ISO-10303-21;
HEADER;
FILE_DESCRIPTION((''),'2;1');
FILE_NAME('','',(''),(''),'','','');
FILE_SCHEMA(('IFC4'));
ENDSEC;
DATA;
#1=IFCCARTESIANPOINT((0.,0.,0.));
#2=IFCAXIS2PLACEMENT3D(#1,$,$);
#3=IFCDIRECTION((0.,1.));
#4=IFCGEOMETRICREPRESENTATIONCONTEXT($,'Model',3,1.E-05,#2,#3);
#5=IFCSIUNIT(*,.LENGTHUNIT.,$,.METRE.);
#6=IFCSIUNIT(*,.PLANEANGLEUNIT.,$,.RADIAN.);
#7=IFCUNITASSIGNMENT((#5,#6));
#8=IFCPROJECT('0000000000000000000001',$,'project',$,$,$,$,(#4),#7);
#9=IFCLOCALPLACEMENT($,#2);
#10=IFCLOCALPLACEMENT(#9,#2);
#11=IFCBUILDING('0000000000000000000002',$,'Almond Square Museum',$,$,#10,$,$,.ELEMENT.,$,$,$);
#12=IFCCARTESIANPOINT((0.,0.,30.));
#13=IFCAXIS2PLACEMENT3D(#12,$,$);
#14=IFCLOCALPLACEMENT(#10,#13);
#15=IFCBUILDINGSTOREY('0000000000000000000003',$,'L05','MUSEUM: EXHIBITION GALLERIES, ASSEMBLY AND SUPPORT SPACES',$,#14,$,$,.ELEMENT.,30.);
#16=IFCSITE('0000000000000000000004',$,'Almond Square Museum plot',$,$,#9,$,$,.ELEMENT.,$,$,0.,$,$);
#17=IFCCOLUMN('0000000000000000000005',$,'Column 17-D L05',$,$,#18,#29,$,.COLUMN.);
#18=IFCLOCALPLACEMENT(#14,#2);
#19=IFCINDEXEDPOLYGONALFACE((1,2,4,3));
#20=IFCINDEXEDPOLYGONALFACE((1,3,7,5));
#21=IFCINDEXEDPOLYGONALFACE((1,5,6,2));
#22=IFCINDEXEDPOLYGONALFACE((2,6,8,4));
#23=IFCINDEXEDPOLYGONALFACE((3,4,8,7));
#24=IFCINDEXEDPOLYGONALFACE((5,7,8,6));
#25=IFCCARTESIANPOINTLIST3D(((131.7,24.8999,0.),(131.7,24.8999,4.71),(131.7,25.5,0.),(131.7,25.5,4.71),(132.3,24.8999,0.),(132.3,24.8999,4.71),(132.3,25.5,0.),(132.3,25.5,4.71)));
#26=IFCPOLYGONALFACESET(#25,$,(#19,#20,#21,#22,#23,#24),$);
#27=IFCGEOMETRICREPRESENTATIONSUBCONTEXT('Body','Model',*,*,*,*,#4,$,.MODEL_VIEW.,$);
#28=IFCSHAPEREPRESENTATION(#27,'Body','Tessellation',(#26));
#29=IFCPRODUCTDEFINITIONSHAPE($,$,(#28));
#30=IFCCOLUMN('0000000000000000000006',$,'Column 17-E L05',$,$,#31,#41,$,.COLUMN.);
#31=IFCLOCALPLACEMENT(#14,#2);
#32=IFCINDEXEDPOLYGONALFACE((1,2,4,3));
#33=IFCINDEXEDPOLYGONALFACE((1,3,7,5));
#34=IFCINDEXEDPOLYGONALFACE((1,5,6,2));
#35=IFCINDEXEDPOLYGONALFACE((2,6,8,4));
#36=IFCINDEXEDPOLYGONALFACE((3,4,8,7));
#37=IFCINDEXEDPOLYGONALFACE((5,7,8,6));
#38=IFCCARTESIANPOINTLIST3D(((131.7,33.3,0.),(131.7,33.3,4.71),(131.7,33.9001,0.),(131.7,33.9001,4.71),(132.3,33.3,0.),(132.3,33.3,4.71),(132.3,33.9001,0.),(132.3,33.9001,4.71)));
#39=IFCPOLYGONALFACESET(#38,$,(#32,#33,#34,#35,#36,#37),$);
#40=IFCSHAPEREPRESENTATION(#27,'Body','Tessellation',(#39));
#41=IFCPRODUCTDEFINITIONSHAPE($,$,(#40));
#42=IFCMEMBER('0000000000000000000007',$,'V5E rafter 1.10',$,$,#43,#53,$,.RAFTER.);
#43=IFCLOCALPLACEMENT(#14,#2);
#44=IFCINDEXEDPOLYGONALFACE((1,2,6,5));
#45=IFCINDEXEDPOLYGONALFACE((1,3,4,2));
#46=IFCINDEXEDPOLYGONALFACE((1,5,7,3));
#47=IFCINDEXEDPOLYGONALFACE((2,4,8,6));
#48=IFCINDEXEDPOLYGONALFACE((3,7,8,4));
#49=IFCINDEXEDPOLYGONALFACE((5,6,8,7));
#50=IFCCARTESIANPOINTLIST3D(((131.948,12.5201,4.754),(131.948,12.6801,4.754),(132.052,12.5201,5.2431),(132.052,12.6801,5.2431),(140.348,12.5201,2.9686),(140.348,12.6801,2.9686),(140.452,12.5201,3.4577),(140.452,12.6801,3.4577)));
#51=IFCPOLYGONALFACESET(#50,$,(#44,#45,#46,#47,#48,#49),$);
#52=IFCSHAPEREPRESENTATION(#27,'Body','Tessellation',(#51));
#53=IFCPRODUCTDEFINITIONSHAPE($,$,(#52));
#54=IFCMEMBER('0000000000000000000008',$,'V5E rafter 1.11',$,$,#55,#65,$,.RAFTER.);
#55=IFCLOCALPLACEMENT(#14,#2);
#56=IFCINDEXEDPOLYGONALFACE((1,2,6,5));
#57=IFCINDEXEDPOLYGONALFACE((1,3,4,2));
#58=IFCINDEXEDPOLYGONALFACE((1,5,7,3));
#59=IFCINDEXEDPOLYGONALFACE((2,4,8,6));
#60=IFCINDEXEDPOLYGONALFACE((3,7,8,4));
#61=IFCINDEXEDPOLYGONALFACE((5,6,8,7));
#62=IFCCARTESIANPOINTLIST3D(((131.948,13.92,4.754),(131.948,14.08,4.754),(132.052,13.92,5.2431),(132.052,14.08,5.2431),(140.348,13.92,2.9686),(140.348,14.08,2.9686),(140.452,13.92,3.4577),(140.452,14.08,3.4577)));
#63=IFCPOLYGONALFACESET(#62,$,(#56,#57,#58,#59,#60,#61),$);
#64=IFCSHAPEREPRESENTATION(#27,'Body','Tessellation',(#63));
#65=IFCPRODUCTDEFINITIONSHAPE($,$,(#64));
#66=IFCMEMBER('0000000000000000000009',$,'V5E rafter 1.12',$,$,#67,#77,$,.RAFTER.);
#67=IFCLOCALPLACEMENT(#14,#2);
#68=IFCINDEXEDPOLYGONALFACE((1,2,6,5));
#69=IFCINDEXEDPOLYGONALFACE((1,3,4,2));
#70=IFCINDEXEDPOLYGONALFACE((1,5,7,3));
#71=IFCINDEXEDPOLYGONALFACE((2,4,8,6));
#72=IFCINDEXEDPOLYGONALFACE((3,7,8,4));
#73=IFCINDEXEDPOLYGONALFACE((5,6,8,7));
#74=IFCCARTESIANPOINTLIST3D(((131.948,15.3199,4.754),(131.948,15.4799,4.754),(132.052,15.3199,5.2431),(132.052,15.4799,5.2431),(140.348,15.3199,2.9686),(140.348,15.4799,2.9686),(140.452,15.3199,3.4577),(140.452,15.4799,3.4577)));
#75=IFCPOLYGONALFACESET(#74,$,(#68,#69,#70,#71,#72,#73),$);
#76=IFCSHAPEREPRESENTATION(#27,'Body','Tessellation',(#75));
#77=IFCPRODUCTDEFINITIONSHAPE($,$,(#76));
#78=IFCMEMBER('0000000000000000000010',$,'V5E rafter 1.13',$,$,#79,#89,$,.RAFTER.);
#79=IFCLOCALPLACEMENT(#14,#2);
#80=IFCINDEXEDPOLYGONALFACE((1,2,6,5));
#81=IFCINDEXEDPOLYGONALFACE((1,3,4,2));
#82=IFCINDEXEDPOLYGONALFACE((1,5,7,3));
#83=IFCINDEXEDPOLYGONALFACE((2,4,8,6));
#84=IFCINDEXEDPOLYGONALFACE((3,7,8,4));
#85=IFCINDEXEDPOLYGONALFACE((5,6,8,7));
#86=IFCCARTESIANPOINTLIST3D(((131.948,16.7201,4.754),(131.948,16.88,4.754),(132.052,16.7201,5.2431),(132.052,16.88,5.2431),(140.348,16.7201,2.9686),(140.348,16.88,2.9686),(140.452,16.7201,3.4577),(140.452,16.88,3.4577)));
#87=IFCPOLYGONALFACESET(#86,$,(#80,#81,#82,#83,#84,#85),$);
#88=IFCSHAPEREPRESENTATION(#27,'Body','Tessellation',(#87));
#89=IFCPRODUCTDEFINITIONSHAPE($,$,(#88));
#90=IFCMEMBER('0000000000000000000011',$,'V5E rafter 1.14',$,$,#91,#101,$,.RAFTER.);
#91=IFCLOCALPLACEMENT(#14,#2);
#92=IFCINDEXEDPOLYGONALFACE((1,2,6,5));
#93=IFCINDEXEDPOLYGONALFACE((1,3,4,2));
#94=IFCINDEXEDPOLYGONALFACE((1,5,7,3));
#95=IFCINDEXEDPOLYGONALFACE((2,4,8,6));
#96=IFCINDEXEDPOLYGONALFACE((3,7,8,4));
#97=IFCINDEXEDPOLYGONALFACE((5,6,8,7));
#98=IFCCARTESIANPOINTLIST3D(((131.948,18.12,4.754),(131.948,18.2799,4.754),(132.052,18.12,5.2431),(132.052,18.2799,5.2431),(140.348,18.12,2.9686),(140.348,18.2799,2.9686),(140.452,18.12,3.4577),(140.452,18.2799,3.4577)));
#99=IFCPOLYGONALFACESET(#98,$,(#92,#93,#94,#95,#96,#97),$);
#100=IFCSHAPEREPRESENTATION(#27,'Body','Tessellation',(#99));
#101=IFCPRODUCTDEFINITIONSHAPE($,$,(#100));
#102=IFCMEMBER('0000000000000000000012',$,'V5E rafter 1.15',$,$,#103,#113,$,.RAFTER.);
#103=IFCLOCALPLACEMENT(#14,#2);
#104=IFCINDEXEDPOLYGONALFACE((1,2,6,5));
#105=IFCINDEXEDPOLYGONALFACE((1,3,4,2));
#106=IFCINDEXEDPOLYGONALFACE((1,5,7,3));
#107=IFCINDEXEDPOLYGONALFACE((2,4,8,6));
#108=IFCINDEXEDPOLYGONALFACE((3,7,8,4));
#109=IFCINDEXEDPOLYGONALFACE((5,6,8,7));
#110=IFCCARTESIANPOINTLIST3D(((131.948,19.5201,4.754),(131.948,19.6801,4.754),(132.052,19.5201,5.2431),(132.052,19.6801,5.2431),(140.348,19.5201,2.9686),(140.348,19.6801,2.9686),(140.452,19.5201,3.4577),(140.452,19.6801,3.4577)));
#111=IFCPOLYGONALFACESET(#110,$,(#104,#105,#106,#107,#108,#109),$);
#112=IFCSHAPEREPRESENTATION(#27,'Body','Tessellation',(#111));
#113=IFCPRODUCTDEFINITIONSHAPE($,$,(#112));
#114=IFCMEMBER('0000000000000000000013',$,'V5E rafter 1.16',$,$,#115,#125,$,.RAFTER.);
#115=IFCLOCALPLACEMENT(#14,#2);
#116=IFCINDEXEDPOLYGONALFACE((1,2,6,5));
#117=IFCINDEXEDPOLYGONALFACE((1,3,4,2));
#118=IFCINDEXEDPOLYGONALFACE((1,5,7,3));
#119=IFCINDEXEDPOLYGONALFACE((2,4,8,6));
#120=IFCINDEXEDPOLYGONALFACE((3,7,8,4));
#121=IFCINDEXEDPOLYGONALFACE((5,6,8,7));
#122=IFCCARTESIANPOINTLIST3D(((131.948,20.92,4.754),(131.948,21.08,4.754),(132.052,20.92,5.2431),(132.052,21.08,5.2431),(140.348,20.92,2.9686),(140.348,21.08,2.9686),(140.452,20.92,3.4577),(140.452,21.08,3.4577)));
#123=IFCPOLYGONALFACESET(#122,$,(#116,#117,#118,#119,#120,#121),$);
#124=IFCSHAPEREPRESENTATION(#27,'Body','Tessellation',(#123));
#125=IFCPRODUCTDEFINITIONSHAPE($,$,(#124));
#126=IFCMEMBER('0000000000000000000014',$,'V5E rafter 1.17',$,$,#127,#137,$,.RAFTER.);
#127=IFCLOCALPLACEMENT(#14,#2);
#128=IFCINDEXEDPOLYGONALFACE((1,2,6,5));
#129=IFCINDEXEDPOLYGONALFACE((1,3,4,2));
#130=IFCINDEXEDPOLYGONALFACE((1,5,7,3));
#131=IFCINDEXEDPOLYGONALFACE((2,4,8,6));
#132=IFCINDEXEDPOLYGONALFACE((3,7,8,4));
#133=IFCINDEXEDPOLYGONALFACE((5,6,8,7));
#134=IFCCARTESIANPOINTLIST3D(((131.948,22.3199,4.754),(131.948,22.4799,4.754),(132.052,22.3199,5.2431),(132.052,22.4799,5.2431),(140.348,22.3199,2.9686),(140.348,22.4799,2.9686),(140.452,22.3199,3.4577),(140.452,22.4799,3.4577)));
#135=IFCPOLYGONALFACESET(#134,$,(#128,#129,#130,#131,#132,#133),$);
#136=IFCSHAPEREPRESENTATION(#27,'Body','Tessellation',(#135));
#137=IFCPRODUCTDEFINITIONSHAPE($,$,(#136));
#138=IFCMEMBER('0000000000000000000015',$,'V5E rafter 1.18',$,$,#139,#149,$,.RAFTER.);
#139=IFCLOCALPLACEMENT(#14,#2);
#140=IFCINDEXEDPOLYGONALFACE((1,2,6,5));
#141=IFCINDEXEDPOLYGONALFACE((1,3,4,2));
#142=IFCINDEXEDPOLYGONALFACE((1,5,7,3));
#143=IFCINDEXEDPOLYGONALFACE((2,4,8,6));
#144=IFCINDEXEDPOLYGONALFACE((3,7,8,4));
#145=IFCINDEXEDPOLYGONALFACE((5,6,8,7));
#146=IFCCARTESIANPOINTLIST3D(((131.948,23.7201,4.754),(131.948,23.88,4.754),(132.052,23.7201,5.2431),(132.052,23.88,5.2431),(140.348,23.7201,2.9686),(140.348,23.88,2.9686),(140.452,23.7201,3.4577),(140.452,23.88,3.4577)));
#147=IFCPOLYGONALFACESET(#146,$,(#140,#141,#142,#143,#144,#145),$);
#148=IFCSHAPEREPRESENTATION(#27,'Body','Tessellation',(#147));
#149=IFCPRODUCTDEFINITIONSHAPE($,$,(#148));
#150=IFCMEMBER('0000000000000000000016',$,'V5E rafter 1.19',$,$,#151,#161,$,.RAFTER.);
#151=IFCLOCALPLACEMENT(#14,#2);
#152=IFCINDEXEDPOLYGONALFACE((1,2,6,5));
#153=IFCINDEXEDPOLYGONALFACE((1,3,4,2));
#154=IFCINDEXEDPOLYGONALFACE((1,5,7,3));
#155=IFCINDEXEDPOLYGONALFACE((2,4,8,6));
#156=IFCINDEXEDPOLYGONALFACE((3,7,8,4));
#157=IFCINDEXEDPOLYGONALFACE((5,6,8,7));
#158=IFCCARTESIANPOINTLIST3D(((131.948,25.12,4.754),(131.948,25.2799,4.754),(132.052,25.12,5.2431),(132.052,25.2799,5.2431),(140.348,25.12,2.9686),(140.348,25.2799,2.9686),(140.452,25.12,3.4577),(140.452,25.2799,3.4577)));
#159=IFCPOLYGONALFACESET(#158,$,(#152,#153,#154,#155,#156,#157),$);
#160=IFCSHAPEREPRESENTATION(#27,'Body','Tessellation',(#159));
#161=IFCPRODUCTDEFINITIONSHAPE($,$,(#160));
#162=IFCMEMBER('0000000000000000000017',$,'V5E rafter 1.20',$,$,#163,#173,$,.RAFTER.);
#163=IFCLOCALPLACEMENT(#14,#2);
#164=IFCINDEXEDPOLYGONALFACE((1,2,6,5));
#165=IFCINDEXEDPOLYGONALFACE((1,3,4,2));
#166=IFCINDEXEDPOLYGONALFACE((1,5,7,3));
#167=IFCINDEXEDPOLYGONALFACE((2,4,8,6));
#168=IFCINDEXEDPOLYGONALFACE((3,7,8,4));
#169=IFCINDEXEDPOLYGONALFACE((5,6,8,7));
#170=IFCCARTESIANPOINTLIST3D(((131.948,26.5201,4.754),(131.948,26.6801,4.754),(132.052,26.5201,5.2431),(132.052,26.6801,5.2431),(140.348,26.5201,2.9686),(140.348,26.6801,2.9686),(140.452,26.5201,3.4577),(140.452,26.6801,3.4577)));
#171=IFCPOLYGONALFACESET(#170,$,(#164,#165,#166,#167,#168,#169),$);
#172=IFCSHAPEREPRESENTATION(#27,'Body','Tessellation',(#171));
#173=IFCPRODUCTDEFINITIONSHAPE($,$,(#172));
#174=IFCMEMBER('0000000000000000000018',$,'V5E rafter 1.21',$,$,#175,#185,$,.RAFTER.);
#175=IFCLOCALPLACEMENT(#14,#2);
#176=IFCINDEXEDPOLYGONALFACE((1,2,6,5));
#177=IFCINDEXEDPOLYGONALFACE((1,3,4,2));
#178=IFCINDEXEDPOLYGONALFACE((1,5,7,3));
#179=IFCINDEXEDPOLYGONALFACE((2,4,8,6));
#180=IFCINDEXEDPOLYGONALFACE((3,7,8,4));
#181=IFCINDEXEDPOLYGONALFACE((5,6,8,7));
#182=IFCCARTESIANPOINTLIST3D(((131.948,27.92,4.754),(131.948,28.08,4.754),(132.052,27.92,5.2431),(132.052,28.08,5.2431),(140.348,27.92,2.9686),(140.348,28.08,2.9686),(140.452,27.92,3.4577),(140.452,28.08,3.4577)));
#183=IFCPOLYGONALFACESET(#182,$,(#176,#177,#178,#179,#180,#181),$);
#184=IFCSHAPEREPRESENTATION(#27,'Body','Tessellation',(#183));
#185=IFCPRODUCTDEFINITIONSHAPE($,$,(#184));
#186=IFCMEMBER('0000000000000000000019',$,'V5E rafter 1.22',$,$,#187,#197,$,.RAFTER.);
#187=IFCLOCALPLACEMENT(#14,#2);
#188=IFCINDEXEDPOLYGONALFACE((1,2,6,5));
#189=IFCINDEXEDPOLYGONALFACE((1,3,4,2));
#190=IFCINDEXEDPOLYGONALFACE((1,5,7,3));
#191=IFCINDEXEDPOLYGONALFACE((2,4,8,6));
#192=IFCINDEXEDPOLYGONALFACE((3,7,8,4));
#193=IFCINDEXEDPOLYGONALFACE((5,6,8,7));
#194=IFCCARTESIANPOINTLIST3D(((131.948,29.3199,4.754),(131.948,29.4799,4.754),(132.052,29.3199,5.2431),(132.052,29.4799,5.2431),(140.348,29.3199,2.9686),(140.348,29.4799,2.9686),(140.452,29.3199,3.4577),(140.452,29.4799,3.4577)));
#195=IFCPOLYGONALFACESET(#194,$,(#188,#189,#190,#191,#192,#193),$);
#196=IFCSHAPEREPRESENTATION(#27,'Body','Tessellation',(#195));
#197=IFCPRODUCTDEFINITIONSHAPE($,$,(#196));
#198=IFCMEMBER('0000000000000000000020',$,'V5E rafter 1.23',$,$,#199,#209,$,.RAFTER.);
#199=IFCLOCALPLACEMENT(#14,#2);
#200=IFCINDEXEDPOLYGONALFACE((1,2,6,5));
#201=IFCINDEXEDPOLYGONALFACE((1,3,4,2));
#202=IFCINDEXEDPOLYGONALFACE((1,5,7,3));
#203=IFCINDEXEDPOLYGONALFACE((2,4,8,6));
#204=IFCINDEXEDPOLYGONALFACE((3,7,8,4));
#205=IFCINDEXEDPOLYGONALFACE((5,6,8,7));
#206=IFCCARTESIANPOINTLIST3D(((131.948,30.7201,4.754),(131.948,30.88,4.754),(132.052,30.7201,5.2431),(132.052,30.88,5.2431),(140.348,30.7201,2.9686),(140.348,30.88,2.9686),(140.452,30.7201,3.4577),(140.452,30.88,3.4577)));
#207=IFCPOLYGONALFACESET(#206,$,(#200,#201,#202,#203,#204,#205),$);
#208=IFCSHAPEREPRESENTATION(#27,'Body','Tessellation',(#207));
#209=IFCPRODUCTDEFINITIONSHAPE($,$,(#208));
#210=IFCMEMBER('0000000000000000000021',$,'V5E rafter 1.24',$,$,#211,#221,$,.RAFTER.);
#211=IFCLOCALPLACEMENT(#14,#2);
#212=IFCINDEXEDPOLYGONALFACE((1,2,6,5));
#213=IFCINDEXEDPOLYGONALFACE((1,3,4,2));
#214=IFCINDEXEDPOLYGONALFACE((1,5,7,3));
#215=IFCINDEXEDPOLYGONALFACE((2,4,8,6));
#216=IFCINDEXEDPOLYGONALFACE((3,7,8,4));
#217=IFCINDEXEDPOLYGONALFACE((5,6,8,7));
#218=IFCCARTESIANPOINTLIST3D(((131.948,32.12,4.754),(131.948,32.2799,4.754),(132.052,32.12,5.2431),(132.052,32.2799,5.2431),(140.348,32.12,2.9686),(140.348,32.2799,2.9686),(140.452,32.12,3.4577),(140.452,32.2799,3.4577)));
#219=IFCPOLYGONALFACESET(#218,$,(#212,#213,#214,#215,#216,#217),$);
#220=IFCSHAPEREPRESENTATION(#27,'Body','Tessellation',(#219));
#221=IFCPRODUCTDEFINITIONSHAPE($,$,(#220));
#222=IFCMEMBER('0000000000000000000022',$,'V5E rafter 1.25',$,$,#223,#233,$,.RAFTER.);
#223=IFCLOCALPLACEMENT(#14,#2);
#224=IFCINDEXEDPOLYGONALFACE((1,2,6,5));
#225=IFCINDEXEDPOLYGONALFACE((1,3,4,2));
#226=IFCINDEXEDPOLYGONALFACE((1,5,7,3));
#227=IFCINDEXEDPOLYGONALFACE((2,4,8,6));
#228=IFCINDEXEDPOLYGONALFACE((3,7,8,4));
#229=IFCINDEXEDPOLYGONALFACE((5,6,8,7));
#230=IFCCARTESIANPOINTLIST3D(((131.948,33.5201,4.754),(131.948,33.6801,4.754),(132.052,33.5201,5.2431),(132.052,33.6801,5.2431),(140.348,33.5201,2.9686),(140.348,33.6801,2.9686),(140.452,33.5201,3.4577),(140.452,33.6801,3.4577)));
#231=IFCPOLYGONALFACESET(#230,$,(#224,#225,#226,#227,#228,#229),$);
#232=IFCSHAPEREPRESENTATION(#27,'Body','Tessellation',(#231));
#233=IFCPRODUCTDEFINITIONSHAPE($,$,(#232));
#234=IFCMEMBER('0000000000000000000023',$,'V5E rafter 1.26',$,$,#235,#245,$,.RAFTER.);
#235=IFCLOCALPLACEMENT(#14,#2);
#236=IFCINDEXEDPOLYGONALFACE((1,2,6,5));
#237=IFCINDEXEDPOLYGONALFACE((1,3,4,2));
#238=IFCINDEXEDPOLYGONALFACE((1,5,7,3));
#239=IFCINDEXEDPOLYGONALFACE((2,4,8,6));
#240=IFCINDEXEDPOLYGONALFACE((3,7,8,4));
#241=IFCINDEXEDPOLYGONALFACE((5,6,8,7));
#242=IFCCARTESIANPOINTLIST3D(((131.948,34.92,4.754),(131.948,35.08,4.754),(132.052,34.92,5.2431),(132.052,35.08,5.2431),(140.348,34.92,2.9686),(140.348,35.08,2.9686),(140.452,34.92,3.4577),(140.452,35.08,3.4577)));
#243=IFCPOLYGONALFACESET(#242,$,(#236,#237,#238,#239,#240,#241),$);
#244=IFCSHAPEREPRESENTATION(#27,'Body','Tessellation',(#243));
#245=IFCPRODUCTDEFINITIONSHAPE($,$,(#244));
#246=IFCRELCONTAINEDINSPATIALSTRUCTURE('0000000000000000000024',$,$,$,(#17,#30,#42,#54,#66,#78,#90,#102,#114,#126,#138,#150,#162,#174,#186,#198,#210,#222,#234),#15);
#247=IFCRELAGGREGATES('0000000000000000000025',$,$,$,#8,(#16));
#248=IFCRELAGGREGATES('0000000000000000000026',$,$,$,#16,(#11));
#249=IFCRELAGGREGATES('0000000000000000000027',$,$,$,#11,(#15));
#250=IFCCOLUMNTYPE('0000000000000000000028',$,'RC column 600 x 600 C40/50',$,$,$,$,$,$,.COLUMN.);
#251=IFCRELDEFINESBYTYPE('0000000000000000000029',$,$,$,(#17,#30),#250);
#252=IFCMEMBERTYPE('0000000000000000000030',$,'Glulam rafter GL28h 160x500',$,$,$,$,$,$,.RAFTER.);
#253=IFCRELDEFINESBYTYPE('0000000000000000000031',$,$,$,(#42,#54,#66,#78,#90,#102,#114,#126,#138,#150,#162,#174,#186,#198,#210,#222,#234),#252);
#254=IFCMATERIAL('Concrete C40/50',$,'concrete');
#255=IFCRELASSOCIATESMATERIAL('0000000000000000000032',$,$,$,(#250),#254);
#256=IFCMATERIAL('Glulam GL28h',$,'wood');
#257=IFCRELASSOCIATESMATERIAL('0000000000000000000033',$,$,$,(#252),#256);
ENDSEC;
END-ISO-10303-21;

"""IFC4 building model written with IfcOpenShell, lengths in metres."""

from ifc_helpers import new_model, si_unit, direction, frame, origin, origin_2d, place, context, subcontext, project, spatial, rectangle, extrude, material, material_profile, profile_set, type_object, element, save


model = new_model("IFC4")

# Units and contexts
model_context = context("Model", 3, precision=1e-05, world=origin(), true_north=direction((0.0, 1.0)))
body_context = subcontext(model_context, "Body", "Model", "MODEL_VIEW")
ifc_project = project(units=[si_unit("LENGTHUNIT", "METRE"), si_unit("PLANEANGLEUNIT", "RADIAN")], contexts=[model_context])

# Site, building, storey
site_placement = place(None, origin())
site = spatial("IfcSite", under=ifc_project, at=site_placement, Name="Almond Square Museum plot", CompositionType="ELEMENT", RefElevation=0.0)
building_placement = place(site_placement, origin())
building = spatial("IfcBuilding", under=site, at=building_placement, Name="Almond Square Museum", CompositionType="ELEMENT")
storey_placement = place(building_placement, frame((0.0, 0.0, 30.0)))
storey = spatial("IfcBuildingStorey", under=building, at=storey_placement, Name="L05", Description="MUSEUM: EXHIBITION GALLERIES, ASSEMBLY AND SUPPORT SPACES", CompositionType="ELEMENT", Elevation=30.0)

# Columns
ifc_material_1 = material(Name="Concrete C40/50", Category="concrete")
ifc_material_profile_1 = material_profile(ifc_material_1, rectangle(XDim=0.6001, YDim=0.6001, at=origin_2d()))
ifc_profile_set_1 = profile_set([ifc_material_profile_1], Name="Concrete C40/50")
column_type = type_object("IfcColumnType", Name="RC column 600 x 600 C40/50", PredefinedType="COLUMN", material=ifc_profile_set_1)
for number, where, z_axis, x_axis, name in (
    (1, (132.0, 25.2, 0.0), (0.0, 0.0, 1.0), (1.0, 0.0, 0.0), "Column 17-D L05"),
    (2, (132.0, 33.6001, 0.0), (0.0, 0.0, 1.0), (1.0, 0.0, 0.0), "Column 17-E L05"),
):
    element("IfcColumn", number, at=place(storey_placement, frame(where, z_axis=z_axis, x_axis=x_axis)), inside=storey, type_object=column_type, Name=name, PredefinedType="COLUMN", context=body_context, shape_type="SweptSolid", body=[
        extrude(rectangle(XDim=0.6001, YDim=0.6001, at=origin_2d()), origin(), (0.0, 0.0, 1.0), 4.71),
    ])

# Members
ifc_material_2 = material(Name="Glulam GL28h", Category="wood")
ifc_material_profile_2 = material_profile(ifc_material_2, rectangle(XDim=0.1599, YDim=0.5, at=origin_2d()))
ifc_profile_set_2 = profile_set([ifc_material_profile_2], Name="Glulam GL28h")
member_type = type_object("IfcMemberType", Name="Glulam rafter GL28h 160x500", PredefinedType="RAFTER", material=ifc_profile_set_2)
for number, where, z_axis, x_axis, name in (
    (3, (132.0, 12.6001, 4.9985), (0.978149, 0.0, -0.207906), (0.0, 1.0, 0.0), "V5E rafter 1.10"),
    (4, (132.0, 14.0, 4.9985), (0.978149, 0.0, -0.207906), (0.0, 1.0, 0.0), "V5E rafter 1.11"),
    (5, (132.0, 15.3999, 4.9985), (0.978149, 0.0, -0.207906), (0.0, 1.0, 0.0), "V5E rafter 1.12"),
    (6, (132.0, 16.8, 4.9985), (0.978149, 0.0, -0.207906), (0.0, 1.0, 0.0), "V5E rafter 1.13"),
    (7, (132.0, 18.2, 4.9985), (0.978149, 0.0, -0.207906), (0.0, 1.0, 0.0), "V5E rafter 1.14"),
    (8, (132.0, 19.6001, 4.9985), (0.978149, 0.0, -0.207906), (0.0, 1.0, 0.0), "V5E rafter 1.15"),
    (9, (132.0, 21.0, 4.9985), (0.978149, 0.0, -0.207906), (0.0, 1.0, 0.0), "V5E rafter 1.16"),
    (10, (132.0, 22.3999, 4.9985), (0.978149, 0.0, -0.207906), (0.0, 1.0, 0.0), "V5E rafter 1.17"),
    (11, (132.0, 23.8, 4.9985), (0.978149, 0.0, -0.207906), (0.0, 1.0, 0.0), "V5E rafter 1.18"),
    (12, (132.0, 25.2, 4.9985), (0.978149, 0.0, -0.207906), (0.0, 1.0, 0.0), "V5E rafter 1.19"),
    (13, (132.0, 26.6001, 4.9985), (0.978149, 0.0, -0.207906), (0.0, 1.0, 0.0), "V5E rafter 1.20"),
    (14, (132.0, 28.0, 4.9985), (0.978149, 0.0, -0.207906), (0.0, 1.0, 0.0), "V5E rafter 1.21"),
    (15, (132.0, 29.3999, 4.9985), (0.978149, 0.0, -0.207906), (0.0, 1.0, 0.0), "V5E rafter 1.22"),
    (16, (132.0, 30.8, 4.9985), (0.978149, 0.0, -0.207906), (0.0, 1.0, 0.0), "V5E rafter 1.23"),
    (17, (132.0, 32.2, 4.9985), (0.978149, 0.0, -0.207906), (0.0, 1.0, 0.0), "V5E rafter 1.24"),
    (18, (132.0, 33.6001, 4.9985), (0.978149, 0.0, -0.207906), (0.0, 1.0, 0.0), "V5E rafter 1.25"),
    (19, (132.0, 35.0, 4.9985), (0.978149, 0.0, -0.207906), (0.0, 1.0, 0.0), "V5E rafter 1.26"),
):
    element("IfcMember", number, at=place(storey_placement, frame(where, z_axis=z_axis, x_axis=x_axis)), inside=storey, type_object=member_type, Name=name, PredefinedType="RAFTER", context=body_context, shape_type="SweptSolid", body=[
        extrude(rectangle(XDim=0.1599, YDim=0.5, at=origin_2d()), origin(), (0.0, 0.0, 1.0), 8.5876),
    ])

save(model, "model.ifc")
